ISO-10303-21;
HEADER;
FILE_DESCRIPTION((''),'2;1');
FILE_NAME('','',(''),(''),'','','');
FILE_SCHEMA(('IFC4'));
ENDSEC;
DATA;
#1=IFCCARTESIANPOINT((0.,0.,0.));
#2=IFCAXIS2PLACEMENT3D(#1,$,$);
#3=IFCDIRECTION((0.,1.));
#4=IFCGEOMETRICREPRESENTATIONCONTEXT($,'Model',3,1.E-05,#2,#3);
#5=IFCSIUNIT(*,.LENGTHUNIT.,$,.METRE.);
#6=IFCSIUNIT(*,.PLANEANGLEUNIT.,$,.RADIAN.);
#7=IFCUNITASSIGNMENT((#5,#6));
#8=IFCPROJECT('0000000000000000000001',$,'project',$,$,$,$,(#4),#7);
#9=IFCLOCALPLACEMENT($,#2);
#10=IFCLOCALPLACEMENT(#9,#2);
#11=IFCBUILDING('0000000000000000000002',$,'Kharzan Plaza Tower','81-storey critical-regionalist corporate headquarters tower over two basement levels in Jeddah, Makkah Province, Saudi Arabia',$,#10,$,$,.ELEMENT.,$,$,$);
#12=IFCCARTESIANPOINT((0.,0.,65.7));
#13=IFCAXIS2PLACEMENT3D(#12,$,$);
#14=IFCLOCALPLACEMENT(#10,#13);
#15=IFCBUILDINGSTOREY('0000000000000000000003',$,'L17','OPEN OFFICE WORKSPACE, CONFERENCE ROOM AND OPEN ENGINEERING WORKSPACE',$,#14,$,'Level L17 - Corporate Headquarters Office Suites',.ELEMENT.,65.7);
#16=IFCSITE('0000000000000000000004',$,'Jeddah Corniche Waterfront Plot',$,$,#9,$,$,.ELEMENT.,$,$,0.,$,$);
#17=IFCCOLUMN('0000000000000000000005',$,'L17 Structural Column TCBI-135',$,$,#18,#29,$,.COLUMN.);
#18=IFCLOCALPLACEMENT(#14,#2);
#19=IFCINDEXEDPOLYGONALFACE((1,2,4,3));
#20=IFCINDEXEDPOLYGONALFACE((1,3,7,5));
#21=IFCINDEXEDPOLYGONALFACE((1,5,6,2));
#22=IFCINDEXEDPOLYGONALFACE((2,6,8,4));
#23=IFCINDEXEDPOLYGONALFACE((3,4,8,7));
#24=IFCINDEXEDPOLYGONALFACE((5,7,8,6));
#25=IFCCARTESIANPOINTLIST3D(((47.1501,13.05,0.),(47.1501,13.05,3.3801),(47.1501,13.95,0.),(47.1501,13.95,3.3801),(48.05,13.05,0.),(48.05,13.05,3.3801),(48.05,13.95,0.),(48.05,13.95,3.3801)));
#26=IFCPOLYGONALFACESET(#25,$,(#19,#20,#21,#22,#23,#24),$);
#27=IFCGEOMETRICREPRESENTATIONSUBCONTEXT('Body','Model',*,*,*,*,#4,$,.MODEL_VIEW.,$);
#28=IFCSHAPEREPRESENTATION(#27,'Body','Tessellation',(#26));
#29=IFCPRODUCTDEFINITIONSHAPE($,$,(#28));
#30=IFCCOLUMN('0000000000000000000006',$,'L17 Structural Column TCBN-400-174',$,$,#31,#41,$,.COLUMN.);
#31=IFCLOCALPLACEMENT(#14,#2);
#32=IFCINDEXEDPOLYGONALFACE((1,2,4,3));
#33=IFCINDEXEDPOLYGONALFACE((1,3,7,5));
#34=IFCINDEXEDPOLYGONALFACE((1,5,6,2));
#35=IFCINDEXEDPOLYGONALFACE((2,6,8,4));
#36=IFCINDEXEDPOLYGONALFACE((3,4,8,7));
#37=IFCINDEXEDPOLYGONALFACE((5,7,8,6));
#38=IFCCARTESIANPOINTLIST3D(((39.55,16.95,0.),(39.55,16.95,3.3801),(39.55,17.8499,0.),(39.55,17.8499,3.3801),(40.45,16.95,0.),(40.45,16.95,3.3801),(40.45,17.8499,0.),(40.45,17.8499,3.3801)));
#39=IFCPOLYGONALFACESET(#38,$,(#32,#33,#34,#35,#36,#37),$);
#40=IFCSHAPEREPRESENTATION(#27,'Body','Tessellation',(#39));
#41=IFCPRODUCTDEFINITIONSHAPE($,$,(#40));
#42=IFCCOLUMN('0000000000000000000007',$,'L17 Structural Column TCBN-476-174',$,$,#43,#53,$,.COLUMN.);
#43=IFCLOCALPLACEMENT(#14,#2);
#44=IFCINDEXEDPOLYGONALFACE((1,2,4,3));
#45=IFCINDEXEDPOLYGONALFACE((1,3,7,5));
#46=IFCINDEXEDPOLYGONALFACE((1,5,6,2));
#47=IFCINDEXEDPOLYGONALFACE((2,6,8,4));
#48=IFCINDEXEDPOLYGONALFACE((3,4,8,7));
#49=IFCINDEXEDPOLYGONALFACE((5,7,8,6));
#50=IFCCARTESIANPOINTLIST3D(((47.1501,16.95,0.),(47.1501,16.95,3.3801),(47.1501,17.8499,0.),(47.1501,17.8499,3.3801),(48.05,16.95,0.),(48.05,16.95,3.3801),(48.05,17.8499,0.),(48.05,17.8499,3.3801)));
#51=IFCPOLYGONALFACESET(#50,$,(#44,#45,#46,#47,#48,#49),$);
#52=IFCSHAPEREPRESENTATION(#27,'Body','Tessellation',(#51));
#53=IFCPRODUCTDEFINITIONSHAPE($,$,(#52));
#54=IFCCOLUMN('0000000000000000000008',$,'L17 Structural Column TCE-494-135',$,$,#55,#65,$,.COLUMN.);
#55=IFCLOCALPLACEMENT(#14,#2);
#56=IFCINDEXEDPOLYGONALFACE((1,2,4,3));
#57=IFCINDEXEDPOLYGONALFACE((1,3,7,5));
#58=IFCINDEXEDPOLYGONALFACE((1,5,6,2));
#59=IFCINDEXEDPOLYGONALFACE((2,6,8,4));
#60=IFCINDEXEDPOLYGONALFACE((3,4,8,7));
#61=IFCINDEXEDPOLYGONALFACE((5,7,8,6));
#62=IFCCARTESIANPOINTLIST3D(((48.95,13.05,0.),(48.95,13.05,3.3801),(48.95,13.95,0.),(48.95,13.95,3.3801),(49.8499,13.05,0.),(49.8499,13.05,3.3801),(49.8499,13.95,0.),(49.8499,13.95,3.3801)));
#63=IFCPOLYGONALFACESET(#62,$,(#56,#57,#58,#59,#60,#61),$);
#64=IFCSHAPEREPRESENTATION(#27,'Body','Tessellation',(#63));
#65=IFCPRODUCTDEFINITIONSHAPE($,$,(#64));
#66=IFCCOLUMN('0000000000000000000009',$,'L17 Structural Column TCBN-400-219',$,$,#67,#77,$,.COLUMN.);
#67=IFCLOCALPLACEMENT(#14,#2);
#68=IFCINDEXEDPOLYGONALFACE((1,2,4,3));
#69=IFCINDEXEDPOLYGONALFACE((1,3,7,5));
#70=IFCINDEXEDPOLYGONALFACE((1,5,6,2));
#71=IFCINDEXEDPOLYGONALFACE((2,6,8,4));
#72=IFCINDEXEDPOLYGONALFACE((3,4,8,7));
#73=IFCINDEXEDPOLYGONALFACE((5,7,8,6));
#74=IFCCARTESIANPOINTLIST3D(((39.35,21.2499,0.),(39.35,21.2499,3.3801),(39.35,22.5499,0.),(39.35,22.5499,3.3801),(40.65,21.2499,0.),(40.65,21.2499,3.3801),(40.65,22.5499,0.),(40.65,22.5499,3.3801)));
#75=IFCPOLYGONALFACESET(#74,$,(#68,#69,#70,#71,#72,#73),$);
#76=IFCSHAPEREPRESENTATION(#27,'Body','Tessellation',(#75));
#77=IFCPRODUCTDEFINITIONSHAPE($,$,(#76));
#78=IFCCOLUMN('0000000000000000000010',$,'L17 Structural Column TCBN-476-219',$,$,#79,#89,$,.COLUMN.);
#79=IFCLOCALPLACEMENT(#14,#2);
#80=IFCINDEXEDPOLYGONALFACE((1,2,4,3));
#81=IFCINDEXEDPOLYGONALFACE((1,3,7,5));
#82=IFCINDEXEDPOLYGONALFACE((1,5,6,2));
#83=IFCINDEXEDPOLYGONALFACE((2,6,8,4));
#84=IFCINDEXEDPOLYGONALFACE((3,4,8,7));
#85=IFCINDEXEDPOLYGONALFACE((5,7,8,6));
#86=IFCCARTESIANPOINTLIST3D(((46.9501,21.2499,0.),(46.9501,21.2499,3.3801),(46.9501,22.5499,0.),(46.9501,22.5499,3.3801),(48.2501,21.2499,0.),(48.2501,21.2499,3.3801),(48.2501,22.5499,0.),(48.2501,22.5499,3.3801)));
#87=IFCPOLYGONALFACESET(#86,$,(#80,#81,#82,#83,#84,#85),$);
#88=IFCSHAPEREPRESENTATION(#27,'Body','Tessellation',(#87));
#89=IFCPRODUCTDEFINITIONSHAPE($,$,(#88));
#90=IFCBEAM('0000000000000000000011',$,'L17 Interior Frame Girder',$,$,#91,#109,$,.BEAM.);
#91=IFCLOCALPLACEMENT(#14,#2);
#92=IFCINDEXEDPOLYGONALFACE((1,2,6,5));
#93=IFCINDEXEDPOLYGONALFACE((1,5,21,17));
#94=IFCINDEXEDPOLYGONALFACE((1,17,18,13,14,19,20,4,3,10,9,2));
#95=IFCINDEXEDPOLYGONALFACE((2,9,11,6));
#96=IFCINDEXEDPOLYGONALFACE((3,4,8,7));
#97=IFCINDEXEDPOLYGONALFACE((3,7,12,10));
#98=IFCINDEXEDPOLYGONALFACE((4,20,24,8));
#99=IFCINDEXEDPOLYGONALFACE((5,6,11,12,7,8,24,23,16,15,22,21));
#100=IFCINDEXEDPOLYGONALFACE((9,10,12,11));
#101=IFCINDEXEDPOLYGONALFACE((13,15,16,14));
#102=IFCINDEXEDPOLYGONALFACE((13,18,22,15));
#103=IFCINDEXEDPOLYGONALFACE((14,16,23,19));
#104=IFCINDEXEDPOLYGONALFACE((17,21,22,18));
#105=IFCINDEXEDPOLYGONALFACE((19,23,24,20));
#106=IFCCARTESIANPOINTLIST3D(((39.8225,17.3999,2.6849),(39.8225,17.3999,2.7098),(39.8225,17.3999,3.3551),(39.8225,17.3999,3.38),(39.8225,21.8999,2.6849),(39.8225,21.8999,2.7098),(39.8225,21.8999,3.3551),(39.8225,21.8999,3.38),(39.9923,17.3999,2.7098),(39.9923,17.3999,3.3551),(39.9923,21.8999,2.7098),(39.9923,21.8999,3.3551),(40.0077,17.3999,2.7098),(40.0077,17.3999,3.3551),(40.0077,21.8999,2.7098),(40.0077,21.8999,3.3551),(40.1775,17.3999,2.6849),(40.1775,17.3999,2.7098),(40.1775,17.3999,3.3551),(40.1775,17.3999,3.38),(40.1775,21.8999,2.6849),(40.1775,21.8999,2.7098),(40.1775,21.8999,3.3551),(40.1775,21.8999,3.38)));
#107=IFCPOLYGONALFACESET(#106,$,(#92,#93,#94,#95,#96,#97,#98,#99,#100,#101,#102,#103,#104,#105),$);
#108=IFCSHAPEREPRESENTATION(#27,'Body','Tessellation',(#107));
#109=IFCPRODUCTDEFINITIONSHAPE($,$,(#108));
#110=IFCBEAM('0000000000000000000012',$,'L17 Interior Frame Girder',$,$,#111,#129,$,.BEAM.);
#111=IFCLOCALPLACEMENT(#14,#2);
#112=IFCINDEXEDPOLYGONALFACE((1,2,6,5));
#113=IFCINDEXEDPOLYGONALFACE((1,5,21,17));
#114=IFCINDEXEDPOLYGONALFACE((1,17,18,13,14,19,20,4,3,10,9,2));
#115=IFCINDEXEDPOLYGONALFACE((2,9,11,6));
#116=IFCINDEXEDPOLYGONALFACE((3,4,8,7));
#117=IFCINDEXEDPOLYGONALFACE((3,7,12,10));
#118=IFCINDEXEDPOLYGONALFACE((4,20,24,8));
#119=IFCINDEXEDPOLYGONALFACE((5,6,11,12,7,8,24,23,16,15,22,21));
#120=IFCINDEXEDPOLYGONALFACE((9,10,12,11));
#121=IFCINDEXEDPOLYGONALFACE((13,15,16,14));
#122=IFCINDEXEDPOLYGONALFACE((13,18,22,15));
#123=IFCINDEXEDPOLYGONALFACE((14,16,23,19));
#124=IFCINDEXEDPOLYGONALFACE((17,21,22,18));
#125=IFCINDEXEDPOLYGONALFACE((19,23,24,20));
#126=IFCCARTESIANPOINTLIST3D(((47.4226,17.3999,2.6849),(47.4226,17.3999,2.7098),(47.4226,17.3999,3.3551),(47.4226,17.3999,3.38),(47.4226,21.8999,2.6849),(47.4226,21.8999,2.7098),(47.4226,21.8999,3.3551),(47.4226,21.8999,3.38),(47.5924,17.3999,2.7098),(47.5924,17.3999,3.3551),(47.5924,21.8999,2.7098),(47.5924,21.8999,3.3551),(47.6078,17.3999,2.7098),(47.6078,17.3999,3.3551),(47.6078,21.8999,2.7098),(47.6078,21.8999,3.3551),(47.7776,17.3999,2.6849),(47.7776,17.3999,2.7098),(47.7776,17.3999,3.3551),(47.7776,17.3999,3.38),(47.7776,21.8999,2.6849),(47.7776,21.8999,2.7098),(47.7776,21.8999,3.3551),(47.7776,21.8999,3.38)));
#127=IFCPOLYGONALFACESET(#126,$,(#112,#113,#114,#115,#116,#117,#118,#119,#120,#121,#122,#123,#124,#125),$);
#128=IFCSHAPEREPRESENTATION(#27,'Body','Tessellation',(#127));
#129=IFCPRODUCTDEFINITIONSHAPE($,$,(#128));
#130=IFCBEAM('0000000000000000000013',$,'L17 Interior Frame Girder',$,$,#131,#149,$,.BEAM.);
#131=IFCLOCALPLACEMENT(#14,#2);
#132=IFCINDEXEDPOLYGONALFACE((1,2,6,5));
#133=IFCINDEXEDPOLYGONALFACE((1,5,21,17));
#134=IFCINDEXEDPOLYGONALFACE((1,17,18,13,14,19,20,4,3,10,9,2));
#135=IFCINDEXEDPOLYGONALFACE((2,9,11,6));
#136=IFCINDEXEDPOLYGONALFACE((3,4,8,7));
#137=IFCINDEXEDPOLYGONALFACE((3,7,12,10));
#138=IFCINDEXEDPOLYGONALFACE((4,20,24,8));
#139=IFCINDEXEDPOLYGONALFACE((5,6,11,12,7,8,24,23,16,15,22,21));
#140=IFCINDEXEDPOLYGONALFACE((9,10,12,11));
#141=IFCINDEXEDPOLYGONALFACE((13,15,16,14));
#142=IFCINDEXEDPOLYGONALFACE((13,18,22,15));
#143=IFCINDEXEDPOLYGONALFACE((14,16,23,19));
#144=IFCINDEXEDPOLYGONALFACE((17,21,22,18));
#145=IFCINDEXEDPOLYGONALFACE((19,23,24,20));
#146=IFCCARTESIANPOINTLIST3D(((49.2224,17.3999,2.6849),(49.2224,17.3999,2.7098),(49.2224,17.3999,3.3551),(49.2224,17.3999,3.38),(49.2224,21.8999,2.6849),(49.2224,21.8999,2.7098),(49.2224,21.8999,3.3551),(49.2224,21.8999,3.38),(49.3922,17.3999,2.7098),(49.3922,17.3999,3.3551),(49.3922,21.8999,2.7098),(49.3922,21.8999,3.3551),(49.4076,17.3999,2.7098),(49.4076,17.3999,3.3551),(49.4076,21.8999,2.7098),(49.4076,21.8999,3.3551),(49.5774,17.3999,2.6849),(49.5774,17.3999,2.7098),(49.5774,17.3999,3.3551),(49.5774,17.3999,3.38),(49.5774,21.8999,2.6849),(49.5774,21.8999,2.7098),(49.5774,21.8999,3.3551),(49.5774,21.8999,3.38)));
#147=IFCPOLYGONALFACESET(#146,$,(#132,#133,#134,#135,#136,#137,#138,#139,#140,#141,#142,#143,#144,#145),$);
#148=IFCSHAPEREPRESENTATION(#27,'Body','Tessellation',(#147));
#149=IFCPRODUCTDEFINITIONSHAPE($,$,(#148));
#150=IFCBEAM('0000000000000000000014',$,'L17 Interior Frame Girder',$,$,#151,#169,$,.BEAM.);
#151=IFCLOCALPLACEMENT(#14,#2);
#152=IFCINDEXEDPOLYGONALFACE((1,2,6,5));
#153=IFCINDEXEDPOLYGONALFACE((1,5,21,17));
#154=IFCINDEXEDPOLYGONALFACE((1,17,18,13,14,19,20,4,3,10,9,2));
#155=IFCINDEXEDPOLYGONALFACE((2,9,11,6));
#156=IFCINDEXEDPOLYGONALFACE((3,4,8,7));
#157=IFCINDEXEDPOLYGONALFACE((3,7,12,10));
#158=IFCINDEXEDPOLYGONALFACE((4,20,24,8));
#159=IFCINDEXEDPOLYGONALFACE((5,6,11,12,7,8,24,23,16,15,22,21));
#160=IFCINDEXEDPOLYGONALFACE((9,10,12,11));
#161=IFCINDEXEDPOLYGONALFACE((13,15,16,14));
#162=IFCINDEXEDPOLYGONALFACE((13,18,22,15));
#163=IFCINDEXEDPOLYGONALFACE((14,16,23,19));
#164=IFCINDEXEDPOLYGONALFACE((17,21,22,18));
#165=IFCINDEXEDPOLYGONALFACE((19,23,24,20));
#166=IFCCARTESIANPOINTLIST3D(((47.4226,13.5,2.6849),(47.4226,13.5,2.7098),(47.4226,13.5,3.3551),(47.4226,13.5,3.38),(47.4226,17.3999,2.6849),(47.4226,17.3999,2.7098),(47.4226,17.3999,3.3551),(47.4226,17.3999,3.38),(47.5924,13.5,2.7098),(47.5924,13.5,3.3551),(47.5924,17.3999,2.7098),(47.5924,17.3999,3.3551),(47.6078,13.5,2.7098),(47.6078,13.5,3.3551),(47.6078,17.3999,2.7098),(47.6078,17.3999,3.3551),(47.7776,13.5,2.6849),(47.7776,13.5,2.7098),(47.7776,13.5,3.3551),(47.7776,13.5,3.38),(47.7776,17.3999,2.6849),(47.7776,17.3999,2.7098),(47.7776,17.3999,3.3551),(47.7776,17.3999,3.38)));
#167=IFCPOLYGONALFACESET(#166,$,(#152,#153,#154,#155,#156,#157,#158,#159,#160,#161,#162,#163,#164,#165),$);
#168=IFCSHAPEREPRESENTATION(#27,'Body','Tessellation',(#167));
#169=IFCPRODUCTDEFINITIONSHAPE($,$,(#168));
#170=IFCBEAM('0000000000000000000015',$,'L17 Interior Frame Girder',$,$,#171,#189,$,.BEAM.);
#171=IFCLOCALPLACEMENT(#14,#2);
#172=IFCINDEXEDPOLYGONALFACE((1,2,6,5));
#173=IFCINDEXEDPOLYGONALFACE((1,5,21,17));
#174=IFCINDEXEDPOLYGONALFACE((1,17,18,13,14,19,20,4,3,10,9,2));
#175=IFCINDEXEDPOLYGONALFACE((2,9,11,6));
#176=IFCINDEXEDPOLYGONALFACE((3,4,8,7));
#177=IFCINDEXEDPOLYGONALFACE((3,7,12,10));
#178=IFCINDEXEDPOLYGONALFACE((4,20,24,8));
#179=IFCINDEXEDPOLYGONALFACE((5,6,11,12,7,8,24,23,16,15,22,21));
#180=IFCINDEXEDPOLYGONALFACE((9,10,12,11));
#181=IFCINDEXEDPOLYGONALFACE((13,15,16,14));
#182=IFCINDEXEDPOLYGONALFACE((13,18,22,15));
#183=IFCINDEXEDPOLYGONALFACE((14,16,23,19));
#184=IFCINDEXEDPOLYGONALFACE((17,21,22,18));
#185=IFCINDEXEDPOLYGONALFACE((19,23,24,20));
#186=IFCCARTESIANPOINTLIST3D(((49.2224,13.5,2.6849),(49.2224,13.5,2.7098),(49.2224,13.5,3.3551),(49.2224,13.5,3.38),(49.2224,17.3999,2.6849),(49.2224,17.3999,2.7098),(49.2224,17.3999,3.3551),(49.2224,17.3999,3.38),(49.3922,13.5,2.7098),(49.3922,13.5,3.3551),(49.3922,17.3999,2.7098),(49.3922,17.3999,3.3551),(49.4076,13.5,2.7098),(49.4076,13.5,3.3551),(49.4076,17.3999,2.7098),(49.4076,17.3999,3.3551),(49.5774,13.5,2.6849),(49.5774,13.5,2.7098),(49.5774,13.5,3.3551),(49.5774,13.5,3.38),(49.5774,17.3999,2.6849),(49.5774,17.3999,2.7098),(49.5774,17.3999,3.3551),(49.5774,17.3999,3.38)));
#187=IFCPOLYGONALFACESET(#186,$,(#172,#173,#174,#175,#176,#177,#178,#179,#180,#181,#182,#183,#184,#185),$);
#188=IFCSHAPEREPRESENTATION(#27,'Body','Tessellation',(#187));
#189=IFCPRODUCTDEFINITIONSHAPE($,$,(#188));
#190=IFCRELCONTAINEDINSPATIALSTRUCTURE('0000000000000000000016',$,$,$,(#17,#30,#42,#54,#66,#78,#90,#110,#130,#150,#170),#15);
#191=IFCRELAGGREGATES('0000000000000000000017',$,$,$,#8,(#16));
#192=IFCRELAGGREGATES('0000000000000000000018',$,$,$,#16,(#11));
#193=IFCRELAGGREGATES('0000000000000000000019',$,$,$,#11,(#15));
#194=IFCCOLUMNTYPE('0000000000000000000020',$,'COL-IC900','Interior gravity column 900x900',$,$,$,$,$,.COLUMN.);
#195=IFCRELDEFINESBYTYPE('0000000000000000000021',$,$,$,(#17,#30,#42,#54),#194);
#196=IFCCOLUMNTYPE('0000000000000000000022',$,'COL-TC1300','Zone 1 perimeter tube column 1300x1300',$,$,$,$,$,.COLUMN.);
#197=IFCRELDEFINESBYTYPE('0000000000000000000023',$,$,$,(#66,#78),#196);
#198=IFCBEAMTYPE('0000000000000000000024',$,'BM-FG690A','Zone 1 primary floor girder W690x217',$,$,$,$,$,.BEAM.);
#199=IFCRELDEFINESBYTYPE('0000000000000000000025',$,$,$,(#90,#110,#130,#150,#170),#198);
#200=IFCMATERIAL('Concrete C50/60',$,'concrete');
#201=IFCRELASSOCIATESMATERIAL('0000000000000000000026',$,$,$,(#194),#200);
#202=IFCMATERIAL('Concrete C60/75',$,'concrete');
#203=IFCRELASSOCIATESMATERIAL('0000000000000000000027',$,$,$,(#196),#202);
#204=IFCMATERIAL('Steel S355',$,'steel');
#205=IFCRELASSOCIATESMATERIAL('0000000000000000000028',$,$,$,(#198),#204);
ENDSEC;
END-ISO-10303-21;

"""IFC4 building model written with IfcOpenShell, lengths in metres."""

from ifc_helpers import new_model, si_unit, direction, frame, origin, origin_2d, place, context, subcontext, project, spatial, rectangle, i_section, extrude, source, transform, mapped, material, material_profile, profile_set, type_object, element, save


model = new_model("IFC4")

# Units and contexts
model_context = context("Model", 3, precision=1e-05, world=origin(), true_north=direction((0.0, 1.0)))
body_context = subcontext(model_context, "Body", "Model", "MODEL_VIEW")
ifc_project = project(units=[si_unit("LENGTHUNIT", "METRE"), si_unit("PLANEANGLEUNIT", "RADIAN")], contexts=[model_context])

# Site, building, storey
site_placement = place(None, origin())
site = spatial("IfcSite", under=ifc_project, at=site_placement, Name="Jeddah Corniche Waterfront Plot", CompositionType="ELEMENT", RefElevation=0.0)
building_placement = place(site_placement, origin())
building = spatial("IfcBuilding", under=site, at=building_placement, Name="Kharzan Plaza Tower", Description="81-storey critical-regionalist corporate headquarters tower over two basement levels in Jeddah, Makkah Province, Saudi Arabia", CompositionType="ELEMENT")
storey_placement = place(building_placement, frame((0.0, 0.0, 65.7)))
storey = spatial("IfcBuildingStorey", under=building, at=storey_placement, Name="L17", Description="OPEN OFFICE WORKSPACE, CONFERENCE ROOM AND OPEN ENGINEERING WORKSPACE", LongName="Level L17 - Corporate Headquarters Office Suites", CompositionType="ELEMENT", Elevation=65.7)

# Columns
ifc_material_1 = material(Name="Concrete C50/60", Category="concrete")
ifc_material_profile_1 = material_profile(ifc_material_1, rectangle(XDim=0.8999, YDim=0.8999, at=origin_2d()), Name="RC-IC900x900")
ifc_profile_set_1 = profile_set([ifc_material_profile_1], Name="Concrete C50/60")
column_type_1 = type_object("IfcColumnType", Name="COL-IC900", Description="Interior gravity column 900x900", PredefinedType="COLUMN", material=ifc_profile_set_1)
shared_shape_1 = source(origin(), body_context, "Body", "SweptSolid", [
    extrude(rectangle(XDim=0.8999, YDim=0.8999, at=origin_2d()), origin(), (0.0, 0.0, 1.0), 3.3801),
])
for number, where, z_axis, x_axis, name in (
    (1, (47.6001, 13.5, 0.0), (0.0, 0.0, 1.0), (1.0, 0.0, 0.0), "L17 Structural Column TCBI-135"),
    (2, (40.0, 17.3999, 0.0), (0.0, 0.0, 1.0), (1.0, 0.0, 0.0), "L17 Structural Column TCBN-400-174"),
    (3, (47.6001, 17.3999, 0.0), (0.0, 0.0, 1.0), (1.0, 0.0, 0.0), "L17 Structural Column TCBN-476-174"),
    (4, (49.3999, 13.5, 0.0), (0.0, 0.0, 1.0), (1.0, 0.0, 0.0), "L17 Structural Column TCE-494-135"),
):
    element("IfcColumn", number, at=place(storey_placement, frame(where, z_axis=z_axis, x_axis=x_axis)), inside=storey, type_object=column_type_1, Name=name, PredefinedType="COLUMN", context=body_context, shape_type="MappedRepresentation", body=[
        mapped(shared_shape_1, transform((0.0, 0.0, 0.0), x_axis=(1.0, 0.0, 0.0), y_axis=(0.0, 1.0, 0.0), z_axis=(0.0, 0.0, 1.0))),
    ])
ifc_material_2 = material(Name="Concrete C60/75", Category="concrete")
ifc_material_profile_2 = material_profile(ifc_material_2, rectangle(XDim=1.3, YDim=1.3, at=origin_2d()), Name="RC-TC1300x1300")
ifc_profile_set_2 = profile_set([ifc_material_profile_2], Name="Concrete C60/75")
column_type_2 = type_object("IfcColumnType", Name="COL-TC1300", Description="Zone 1 perimeter tube column 1300x1300", PredefinedType="COLUMN", material=ifc_profile_set_2)
shared_shape_2 = source(origin(), body_context, "Body", "SweptSolid", [
    extrude(rectangle(XDim=1.3, YDim=1.3, at=origin_2d()), origin(), (0.0, 0.0, 1.0), 3.3801),
])
for number, where, z_axis, x_axis, name in (
    (5, (40.0, 21.8999, 0.0), (0.0, 0.0, 1.0), (1.0, 0.0, 0.0), "L17 Structural Column TCBN-400-219"),
    (6, (47.6001, 21.8999, 0.0), (0.0, 0.0, 1.0), (1.0, 0.0, 0.0), "L17 Structural Column TCBN-476-219"),
):
    element("IfcColumn", number, at=place(storey_placement, frame(where, z_axis=z_axis, x_axis=x_axis)), inside=storey, type_object=column_type_2, Name=name, PredefinedType="COLUMN", context=body_context, shape_type="MappedRepresentation", body=[
        mapped(shared_shape_2, transform((0.0, 0.0, 0.0), x_axis=(1.0, 0.0, 0.0), y_axis=(0.0, 1.0, 0.0), z_axis=(0.0, 0.0, 1.0))),
    ])

# Beams
ifc_material_3 = material(Name="Steel S355", Category="steel")
ifc_material_profile_3 = material_profile(ifc_material_3, i_section(OverallWidth=0.355, OverallDepth=0.6951, WebThickness=0.0154, FlangeThickness=0.0249, at=origin_2d()), Name="W690x217")
ifc_profile_set_3 = profile_set([ifc_material_profile_3], Name="Steel S355")
beam_type_1 = type_object("IfcBeamType", Name="BM-FG690A", Description="Zone 1 primary floor girder W690x217", PredefinedType="BEAM", material=ifc_profile_set_3)
shared_shape_3 = source(origin(), body_context, "Body", "SweptSolid", [
    extrude(i_section(OverallWidth=0.355, OverallDepth=0.6951, WebThickness=0.0154, FlangeThickness=0.0249, at=origin_2d()), origin(), (0.0, 0.0, 1.0), 4.5),
])
for number, where, z_axis, x_axis, name in (
    (7, (40.0, 17.3999, 3.0325), (0.0, 1.0, 0.0), (-1.0, 0.0, 0.0), "L17 Interior Frame Girder"),
    (8, (47.6001, 17.3999, 3.0325), (0.0, 1.0, 0.0), (-1.0, 0.0, 0.0), "L17 Interior Frame Girder"),
    (9, (49.3999, 17.3999, 3.0325), (0.0, 1.0, 0.0), (-1.0, 0.0, 0.0), "L17 Interior Frame Girder"),
):
    element("IfcBeam", number, at=place(storey_placement, frame(where, z_axis=z_axis, x_axis=x_axis)), inside=storey, type_object=beam_type_1, Name=name, PredefinedType="BEAM", context=body_context, shape_type="MappedRepresentation", body=[
        mapped(shared_shape_3, transform((0.0, 0.0, 0.0), x_axis=(1.0, 0.0, 0.0), y_axis=(0.0, 1.0, 0.0), z_axis=(0.0, 0.0, 1.0))),
    ])
shared_shape_4 = source(origin(), body_context, "Body", "SweptSolid", [
    extrude(i_section(OverallWidth=0.355, OverallDepth=0.6951, WebThickness=0.0154, FlangeThickness=0.0249, at=origin_2d()), origin(), (0.0, 0.0, 1.0), 3.8999),
])
for number, where, z_axis, x_axis, name in (
    (10, (47.6001, 13.5, 3.0325), (0.0, 1.0, 0.0), (-1.0, 0.0, 0.0), "L17 Interior Frame Girder"),
    (11, (49.3999, 13.5, 3.0325), (0.0, 1.0, 0.0), (-1.0, 0.0, 0.0), "L17 Interior Frame Girder"),
):
    element("IfcBeam", number, at=place(storey_placement, frame(where, z_axis=z_axis, x_axis=x_axis)), inside=storey, type_object=beam_type_1, Name=name, PredefinedType="BEAM", context=body_context, shape_type="MappedRepresentation", body=[
        mapped(shared_shape_4, transform((0.0, 0.0, 0.0), x_axis=(1.0, 0.0, 0.0), y_axis=(0.0, 1.0, 0.0), z_axis=(0.0, 0.0, 1.0))),
    ])

save(model, "model.ifc")
